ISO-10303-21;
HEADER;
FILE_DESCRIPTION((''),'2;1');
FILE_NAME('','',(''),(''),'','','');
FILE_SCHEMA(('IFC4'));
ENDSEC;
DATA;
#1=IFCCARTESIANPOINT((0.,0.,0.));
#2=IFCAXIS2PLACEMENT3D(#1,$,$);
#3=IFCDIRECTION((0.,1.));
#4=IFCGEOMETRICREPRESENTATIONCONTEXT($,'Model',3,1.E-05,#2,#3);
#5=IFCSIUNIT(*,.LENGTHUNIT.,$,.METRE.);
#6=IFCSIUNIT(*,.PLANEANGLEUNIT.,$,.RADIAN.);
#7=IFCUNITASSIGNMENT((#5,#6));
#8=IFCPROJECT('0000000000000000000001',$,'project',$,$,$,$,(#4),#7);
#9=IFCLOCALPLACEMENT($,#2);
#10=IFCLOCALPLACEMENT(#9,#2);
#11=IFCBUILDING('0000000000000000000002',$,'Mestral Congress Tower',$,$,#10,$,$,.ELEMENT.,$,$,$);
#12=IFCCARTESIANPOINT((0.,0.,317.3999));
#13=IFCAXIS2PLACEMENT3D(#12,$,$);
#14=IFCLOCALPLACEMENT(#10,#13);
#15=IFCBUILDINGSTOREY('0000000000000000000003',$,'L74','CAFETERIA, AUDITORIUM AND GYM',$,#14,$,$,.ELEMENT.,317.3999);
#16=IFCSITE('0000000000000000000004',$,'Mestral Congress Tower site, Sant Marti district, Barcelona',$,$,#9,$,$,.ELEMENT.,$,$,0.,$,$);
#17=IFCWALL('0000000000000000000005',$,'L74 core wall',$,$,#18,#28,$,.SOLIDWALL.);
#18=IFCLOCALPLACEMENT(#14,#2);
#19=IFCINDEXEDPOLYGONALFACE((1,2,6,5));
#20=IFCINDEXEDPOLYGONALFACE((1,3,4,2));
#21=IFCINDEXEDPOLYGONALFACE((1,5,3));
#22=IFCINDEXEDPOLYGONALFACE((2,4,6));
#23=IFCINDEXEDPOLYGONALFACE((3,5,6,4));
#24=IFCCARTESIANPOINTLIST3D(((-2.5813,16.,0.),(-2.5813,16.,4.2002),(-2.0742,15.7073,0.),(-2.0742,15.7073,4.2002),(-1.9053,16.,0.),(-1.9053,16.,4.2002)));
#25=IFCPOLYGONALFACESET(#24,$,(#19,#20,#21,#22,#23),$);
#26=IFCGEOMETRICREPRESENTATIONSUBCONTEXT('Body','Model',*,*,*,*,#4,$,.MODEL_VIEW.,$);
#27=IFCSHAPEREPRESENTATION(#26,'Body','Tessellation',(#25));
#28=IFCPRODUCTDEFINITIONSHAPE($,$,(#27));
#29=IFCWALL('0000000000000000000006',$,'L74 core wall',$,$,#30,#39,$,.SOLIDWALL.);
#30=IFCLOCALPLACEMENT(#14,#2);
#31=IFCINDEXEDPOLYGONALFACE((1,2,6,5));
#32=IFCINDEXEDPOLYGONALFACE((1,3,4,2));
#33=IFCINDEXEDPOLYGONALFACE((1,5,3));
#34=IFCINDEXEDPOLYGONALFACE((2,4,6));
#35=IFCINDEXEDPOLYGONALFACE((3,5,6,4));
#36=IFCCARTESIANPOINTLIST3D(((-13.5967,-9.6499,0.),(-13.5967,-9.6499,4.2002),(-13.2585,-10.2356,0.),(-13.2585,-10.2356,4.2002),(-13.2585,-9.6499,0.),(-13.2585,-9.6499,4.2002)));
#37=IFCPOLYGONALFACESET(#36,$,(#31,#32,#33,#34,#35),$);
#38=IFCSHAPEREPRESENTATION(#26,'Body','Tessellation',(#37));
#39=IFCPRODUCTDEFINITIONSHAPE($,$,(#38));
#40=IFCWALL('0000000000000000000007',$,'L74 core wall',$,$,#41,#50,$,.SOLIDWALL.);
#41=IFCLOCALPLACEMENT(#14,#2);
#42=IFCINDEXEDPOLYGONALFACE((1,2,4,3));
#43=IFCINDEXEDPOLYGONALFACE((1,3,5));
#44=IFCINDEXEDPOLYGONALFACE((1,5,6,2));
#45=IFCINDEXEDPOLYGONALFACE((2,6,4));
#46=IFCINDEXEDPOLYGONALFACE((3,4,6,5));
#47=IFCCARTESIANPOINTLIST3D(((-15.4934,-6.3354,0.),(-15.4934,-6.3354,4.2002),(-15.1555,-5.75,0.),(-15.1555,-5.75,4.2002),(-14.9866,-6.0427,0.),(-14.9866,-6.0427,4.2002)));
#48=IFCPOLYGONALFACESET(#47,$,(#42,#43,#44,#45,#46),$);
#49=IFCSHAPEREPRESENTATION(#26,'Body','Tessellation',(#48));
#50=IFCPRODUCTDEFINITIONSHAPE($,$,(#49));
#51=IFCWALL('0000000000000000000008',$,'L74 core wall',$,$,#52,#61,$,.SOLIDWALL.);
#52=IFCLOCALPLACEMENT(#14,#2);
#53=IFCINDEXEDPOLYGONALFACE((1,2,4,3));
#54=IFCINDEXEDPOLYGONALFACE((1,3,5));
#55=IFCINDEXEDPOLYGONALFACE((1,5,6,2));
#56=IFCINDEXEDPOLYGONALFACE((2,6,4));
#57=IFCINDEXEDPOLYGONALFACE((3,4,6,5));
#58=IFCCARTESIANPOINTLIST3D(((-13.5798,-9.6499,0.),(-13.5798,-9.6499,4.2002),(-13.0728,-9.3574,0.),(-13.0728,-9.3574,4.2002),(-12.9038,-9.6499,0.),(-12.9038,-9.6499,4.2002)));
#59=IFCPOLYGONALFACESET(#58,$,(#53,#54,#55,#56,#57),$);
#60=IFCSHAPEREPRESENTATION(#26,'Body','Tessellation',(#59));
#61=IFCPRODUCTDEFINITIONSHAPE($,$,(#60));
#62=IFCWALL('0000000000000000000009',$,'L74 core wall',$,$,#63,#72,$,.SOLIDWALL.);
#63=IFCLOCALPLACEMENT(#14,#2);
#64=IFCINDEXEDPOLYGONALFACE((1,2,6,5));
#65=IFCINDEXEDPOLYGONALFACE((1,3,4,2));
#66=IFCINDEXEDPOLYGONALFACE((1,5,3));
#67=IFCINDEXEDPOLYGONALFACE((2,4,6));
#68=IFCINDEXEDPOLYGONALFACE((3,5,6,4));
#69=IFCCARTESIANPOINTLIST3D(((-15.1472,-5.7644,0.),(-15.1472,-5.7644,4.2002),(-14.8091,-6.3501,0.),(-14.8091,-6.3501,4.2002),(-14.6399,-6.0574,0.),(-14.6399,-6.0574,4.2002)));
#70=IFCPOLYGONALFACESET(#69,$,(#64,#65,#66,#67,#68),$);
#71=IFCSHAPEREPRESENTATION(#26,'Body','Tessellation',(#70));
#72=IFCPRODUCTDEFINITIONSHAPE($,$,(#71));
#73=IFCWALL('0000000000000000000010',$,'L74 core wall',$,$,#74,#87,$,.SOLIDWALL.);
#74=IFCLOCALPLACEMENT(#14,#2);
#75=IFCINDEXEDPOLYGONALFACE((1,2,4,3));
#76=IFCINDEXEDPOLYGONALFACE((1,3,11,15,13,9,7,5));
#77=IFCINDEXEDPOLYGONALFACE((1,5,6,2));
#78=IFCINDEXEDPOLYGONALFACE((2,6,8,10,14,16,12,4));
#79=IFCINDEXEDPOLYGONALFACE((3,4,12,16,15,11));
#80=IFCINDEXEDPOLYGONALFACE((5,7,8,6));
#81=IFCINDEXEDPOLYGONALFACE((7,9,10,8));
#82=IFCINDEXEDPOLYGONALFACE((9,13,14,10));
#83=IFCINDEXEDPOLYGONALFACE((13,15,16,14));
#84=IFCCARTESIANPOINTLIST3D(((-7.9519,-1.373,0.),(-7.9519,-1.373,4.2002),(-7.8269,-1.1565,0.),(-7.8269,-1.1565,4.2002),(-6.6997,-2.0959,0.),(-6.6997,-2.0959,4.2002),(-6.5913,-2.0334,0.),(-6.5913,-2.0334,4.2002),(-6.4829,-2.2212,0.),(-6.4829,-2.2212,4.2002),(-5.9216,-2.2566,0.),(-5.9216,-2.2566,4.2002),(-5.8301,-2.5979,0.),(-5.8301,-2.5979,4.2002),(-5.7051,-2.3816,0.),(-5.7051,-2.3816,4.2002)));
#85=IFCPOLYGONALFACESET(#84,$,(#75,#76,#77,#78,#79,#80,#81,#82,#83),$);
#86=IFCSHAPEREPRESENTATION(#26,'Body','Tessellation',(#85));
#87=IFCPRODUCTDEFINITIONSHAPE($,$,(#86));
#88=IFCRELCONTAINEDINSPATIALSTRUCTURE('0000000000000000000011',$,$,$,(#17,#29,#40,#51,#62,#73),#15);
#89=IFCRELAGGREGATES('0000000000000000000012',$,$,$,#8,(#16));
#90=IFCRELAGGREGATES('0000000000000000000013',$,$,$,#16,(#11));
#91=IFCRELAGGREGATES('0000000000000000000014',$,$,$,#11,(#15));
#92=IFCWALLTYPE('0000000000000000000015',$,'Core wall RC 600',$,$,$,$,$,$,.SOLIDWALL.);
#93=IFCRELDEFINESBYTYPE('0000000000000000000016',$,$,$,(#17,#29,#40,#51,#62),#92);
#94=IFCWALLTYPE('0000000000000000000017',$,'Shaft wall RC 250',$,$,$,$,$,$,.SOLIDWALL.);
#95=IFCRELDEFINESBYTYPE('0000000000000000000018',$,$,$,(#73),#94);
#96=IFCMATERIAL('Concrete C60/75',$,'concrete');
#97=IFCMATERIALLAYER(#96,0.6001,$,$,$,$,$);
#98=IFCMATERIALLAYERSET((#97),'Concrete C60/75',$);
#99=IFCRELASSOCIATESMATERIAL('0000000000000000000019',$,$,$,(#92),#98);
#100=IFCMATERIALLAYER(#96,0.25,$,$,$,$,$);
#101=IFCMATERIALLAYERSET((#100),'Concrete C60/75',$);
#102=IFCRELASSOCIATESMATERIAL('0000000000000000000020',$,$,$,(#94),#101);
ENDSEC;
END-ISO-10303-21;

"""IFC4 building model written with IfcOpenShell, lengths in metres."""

from ifc_helpers import new_model, si_unit, direction, frame, origin, place, context, subcontext, project, spatial, polyline, outline, extrude, material, layer, layer_set, type_object, element, save


model = new_model("IFC4")

# Units and contexts
model_context = context("Model", 3, precision=1e-05, world=origin(), true_north=direction((0.0, 1.0)))
body_context = subcontext(model_context, "Body", "Model", "MODEL_VIEW")
ifc_project = project(units=[si_unit("LENGTHUNIT", "METRE"), si_unit("PLANEANGLEUNIT", "RADIAN")], contexts=[model_context])

# Site, building, storey
site_placement = place(None, origin())
site = spatial("IfcSite", under=ifc_project, at=site_placement, Name="Mestral Congress Tower site, Sant Marti district, Barcelona", CompositionType="ELEMENT", RefElevation=0.0)
building_placement = place(site_placement, origin())
building = spatial("IfcBuilding", under=site, at=building_placement, Name="Mestral Congress Tower", CompositionType="ELEMENT")
storey_placement = place(building_placement, frame((0.0, 0.0, 317.3999)))
storey = spatial("IfcBuildingStorey", under=building, at=storey_placement, Name="L74", Description="CAFETERIA, AUDITORIUM AND GYM", CompositionType="ELEMENT", Elevation=317.3999)

# Shared definitions
ifc_material = material(Name="Concrete C60/75", Category="concrete")

# Shared definitions
placement_1 = place(storey_placement, origin())

# Walls
ifc_layer_1 = layer(ifc_material, 0.6001)
ifc_layer_set_1 = layer_set([ifc_layer_1], Name="Concrete C60/75")
wall_type_1 = type_object("IfcWallType", Name="Core wall RC 600", PredefinedType="SOLIDWALL", material=ifc_layer_set_1)
element("IfcWall", 1, at=placement_1, inside=storey, type_object=wall_type_1, Name="L74 core wall", PredefinedType="SOLIDWALL", context=body_context, shape_type="SweptSolid", body=[
    extrude(outline(polyline([(-1.9053, 16.0), (-2.0742, 15.7073), (-2.5813, 16.0), (-1.9053, 16.0)])), origin(), (0.0, 0.0, 1.0), 4.2002),
])
element("IfcWall", 2, at=placement_1, inside=storey, type_object=wall_type_1, Name="L74 core wall", PredefinedType="SOLIDWALL", context=body_context, shape_type="SweptSolid", body=[
    extrude(outline(polyline([(-13.5967, -9.6499), (-13.2585, -9.6499), (-13.2585, -10.2356), (-13.5967, -9.6499)])), origin(), (0.0, 0.0, 1.0), 4.2002),
])
element("IfcWall", 3, at=placement_1, inside=storey, type_object=wall_type_1, Name="L74 core wall", PredefinedType="SOLIDWALL", context=body_context, shape_type="SweptSolid", body=[
    extrude(outline(polyline([(-14.9866, -6.0427), (-15.4934, -6.3354), (-15.1555, -5.75), (-14.9866, -6.0427)])), origin(), (0.0, 0.0, 1.0), 4.2002),
])
element("IfcWall", 4, at=placement_1, inside=storey, type_object=wall_type_1, Name="L74 core wall", PredefinedType="SOLIDWALL", context=body_context, shape_type="SweptSolid", body=[
    extrude(outline(polyline([(-12.9038, -9.6499), (-13.5798, -9.6499), (-13.0728, -9.3574), (-12.9038, -9.6499)])), origin(), (0.0, 0.0, 1.0), 4.2002),
])
element("IfcWall", 5, at=placement_1, inside=storey, type_object=wall_type_1, Name="L74 core wall", PredefinedType="SOLIDWALL", context=body_context, shape_type="SweptSolid", body=[
    extrude(outline(polyline([(-14.8091, -6.3501), (-15.1472, -5.7644), (-14.6399, -6.0574), (-14.8091, -6.3501)])), origin(), (0.0, 0.0, 1.0), 4.2002),
])
ifc_layer_2 = layer(ifc_material, 0.25)
ifc_layer_set_2 = layer_set([ifc_layer_2], Name="Concrete C60/75")
wall_type_2 = type_object("IfcWallType", Name="Shaft wall RC 250", PredefinedType="SOLIDWALL", material=ifc_layer_set_2)
element("IfcWall", 6, at=placement_1, inside=storey, type_object=wall_type_2, Name="L74 core wall", PredefinedType="SOLIDWALL", context=body_context, shape_type="SweptSolid", body=[
    extrude(outline(polyline([(-5.9216, -2.2566), (-5.9216, -2.2566), (-5.7051, -2.3816), (-5.8301, -2.5979), (-6.4829, -2.2212), (-6.5913, -2.0334), (-6.5913, -2.0334), (-6.6997, -2.0959), (-7.9519, -1.373), (-7.8269, -1.1565), (-5.9216, -2.2566)])), origin(), (0.0, 0.0, 1.0), 4.2002),
])

save(model, "model.ifc")
